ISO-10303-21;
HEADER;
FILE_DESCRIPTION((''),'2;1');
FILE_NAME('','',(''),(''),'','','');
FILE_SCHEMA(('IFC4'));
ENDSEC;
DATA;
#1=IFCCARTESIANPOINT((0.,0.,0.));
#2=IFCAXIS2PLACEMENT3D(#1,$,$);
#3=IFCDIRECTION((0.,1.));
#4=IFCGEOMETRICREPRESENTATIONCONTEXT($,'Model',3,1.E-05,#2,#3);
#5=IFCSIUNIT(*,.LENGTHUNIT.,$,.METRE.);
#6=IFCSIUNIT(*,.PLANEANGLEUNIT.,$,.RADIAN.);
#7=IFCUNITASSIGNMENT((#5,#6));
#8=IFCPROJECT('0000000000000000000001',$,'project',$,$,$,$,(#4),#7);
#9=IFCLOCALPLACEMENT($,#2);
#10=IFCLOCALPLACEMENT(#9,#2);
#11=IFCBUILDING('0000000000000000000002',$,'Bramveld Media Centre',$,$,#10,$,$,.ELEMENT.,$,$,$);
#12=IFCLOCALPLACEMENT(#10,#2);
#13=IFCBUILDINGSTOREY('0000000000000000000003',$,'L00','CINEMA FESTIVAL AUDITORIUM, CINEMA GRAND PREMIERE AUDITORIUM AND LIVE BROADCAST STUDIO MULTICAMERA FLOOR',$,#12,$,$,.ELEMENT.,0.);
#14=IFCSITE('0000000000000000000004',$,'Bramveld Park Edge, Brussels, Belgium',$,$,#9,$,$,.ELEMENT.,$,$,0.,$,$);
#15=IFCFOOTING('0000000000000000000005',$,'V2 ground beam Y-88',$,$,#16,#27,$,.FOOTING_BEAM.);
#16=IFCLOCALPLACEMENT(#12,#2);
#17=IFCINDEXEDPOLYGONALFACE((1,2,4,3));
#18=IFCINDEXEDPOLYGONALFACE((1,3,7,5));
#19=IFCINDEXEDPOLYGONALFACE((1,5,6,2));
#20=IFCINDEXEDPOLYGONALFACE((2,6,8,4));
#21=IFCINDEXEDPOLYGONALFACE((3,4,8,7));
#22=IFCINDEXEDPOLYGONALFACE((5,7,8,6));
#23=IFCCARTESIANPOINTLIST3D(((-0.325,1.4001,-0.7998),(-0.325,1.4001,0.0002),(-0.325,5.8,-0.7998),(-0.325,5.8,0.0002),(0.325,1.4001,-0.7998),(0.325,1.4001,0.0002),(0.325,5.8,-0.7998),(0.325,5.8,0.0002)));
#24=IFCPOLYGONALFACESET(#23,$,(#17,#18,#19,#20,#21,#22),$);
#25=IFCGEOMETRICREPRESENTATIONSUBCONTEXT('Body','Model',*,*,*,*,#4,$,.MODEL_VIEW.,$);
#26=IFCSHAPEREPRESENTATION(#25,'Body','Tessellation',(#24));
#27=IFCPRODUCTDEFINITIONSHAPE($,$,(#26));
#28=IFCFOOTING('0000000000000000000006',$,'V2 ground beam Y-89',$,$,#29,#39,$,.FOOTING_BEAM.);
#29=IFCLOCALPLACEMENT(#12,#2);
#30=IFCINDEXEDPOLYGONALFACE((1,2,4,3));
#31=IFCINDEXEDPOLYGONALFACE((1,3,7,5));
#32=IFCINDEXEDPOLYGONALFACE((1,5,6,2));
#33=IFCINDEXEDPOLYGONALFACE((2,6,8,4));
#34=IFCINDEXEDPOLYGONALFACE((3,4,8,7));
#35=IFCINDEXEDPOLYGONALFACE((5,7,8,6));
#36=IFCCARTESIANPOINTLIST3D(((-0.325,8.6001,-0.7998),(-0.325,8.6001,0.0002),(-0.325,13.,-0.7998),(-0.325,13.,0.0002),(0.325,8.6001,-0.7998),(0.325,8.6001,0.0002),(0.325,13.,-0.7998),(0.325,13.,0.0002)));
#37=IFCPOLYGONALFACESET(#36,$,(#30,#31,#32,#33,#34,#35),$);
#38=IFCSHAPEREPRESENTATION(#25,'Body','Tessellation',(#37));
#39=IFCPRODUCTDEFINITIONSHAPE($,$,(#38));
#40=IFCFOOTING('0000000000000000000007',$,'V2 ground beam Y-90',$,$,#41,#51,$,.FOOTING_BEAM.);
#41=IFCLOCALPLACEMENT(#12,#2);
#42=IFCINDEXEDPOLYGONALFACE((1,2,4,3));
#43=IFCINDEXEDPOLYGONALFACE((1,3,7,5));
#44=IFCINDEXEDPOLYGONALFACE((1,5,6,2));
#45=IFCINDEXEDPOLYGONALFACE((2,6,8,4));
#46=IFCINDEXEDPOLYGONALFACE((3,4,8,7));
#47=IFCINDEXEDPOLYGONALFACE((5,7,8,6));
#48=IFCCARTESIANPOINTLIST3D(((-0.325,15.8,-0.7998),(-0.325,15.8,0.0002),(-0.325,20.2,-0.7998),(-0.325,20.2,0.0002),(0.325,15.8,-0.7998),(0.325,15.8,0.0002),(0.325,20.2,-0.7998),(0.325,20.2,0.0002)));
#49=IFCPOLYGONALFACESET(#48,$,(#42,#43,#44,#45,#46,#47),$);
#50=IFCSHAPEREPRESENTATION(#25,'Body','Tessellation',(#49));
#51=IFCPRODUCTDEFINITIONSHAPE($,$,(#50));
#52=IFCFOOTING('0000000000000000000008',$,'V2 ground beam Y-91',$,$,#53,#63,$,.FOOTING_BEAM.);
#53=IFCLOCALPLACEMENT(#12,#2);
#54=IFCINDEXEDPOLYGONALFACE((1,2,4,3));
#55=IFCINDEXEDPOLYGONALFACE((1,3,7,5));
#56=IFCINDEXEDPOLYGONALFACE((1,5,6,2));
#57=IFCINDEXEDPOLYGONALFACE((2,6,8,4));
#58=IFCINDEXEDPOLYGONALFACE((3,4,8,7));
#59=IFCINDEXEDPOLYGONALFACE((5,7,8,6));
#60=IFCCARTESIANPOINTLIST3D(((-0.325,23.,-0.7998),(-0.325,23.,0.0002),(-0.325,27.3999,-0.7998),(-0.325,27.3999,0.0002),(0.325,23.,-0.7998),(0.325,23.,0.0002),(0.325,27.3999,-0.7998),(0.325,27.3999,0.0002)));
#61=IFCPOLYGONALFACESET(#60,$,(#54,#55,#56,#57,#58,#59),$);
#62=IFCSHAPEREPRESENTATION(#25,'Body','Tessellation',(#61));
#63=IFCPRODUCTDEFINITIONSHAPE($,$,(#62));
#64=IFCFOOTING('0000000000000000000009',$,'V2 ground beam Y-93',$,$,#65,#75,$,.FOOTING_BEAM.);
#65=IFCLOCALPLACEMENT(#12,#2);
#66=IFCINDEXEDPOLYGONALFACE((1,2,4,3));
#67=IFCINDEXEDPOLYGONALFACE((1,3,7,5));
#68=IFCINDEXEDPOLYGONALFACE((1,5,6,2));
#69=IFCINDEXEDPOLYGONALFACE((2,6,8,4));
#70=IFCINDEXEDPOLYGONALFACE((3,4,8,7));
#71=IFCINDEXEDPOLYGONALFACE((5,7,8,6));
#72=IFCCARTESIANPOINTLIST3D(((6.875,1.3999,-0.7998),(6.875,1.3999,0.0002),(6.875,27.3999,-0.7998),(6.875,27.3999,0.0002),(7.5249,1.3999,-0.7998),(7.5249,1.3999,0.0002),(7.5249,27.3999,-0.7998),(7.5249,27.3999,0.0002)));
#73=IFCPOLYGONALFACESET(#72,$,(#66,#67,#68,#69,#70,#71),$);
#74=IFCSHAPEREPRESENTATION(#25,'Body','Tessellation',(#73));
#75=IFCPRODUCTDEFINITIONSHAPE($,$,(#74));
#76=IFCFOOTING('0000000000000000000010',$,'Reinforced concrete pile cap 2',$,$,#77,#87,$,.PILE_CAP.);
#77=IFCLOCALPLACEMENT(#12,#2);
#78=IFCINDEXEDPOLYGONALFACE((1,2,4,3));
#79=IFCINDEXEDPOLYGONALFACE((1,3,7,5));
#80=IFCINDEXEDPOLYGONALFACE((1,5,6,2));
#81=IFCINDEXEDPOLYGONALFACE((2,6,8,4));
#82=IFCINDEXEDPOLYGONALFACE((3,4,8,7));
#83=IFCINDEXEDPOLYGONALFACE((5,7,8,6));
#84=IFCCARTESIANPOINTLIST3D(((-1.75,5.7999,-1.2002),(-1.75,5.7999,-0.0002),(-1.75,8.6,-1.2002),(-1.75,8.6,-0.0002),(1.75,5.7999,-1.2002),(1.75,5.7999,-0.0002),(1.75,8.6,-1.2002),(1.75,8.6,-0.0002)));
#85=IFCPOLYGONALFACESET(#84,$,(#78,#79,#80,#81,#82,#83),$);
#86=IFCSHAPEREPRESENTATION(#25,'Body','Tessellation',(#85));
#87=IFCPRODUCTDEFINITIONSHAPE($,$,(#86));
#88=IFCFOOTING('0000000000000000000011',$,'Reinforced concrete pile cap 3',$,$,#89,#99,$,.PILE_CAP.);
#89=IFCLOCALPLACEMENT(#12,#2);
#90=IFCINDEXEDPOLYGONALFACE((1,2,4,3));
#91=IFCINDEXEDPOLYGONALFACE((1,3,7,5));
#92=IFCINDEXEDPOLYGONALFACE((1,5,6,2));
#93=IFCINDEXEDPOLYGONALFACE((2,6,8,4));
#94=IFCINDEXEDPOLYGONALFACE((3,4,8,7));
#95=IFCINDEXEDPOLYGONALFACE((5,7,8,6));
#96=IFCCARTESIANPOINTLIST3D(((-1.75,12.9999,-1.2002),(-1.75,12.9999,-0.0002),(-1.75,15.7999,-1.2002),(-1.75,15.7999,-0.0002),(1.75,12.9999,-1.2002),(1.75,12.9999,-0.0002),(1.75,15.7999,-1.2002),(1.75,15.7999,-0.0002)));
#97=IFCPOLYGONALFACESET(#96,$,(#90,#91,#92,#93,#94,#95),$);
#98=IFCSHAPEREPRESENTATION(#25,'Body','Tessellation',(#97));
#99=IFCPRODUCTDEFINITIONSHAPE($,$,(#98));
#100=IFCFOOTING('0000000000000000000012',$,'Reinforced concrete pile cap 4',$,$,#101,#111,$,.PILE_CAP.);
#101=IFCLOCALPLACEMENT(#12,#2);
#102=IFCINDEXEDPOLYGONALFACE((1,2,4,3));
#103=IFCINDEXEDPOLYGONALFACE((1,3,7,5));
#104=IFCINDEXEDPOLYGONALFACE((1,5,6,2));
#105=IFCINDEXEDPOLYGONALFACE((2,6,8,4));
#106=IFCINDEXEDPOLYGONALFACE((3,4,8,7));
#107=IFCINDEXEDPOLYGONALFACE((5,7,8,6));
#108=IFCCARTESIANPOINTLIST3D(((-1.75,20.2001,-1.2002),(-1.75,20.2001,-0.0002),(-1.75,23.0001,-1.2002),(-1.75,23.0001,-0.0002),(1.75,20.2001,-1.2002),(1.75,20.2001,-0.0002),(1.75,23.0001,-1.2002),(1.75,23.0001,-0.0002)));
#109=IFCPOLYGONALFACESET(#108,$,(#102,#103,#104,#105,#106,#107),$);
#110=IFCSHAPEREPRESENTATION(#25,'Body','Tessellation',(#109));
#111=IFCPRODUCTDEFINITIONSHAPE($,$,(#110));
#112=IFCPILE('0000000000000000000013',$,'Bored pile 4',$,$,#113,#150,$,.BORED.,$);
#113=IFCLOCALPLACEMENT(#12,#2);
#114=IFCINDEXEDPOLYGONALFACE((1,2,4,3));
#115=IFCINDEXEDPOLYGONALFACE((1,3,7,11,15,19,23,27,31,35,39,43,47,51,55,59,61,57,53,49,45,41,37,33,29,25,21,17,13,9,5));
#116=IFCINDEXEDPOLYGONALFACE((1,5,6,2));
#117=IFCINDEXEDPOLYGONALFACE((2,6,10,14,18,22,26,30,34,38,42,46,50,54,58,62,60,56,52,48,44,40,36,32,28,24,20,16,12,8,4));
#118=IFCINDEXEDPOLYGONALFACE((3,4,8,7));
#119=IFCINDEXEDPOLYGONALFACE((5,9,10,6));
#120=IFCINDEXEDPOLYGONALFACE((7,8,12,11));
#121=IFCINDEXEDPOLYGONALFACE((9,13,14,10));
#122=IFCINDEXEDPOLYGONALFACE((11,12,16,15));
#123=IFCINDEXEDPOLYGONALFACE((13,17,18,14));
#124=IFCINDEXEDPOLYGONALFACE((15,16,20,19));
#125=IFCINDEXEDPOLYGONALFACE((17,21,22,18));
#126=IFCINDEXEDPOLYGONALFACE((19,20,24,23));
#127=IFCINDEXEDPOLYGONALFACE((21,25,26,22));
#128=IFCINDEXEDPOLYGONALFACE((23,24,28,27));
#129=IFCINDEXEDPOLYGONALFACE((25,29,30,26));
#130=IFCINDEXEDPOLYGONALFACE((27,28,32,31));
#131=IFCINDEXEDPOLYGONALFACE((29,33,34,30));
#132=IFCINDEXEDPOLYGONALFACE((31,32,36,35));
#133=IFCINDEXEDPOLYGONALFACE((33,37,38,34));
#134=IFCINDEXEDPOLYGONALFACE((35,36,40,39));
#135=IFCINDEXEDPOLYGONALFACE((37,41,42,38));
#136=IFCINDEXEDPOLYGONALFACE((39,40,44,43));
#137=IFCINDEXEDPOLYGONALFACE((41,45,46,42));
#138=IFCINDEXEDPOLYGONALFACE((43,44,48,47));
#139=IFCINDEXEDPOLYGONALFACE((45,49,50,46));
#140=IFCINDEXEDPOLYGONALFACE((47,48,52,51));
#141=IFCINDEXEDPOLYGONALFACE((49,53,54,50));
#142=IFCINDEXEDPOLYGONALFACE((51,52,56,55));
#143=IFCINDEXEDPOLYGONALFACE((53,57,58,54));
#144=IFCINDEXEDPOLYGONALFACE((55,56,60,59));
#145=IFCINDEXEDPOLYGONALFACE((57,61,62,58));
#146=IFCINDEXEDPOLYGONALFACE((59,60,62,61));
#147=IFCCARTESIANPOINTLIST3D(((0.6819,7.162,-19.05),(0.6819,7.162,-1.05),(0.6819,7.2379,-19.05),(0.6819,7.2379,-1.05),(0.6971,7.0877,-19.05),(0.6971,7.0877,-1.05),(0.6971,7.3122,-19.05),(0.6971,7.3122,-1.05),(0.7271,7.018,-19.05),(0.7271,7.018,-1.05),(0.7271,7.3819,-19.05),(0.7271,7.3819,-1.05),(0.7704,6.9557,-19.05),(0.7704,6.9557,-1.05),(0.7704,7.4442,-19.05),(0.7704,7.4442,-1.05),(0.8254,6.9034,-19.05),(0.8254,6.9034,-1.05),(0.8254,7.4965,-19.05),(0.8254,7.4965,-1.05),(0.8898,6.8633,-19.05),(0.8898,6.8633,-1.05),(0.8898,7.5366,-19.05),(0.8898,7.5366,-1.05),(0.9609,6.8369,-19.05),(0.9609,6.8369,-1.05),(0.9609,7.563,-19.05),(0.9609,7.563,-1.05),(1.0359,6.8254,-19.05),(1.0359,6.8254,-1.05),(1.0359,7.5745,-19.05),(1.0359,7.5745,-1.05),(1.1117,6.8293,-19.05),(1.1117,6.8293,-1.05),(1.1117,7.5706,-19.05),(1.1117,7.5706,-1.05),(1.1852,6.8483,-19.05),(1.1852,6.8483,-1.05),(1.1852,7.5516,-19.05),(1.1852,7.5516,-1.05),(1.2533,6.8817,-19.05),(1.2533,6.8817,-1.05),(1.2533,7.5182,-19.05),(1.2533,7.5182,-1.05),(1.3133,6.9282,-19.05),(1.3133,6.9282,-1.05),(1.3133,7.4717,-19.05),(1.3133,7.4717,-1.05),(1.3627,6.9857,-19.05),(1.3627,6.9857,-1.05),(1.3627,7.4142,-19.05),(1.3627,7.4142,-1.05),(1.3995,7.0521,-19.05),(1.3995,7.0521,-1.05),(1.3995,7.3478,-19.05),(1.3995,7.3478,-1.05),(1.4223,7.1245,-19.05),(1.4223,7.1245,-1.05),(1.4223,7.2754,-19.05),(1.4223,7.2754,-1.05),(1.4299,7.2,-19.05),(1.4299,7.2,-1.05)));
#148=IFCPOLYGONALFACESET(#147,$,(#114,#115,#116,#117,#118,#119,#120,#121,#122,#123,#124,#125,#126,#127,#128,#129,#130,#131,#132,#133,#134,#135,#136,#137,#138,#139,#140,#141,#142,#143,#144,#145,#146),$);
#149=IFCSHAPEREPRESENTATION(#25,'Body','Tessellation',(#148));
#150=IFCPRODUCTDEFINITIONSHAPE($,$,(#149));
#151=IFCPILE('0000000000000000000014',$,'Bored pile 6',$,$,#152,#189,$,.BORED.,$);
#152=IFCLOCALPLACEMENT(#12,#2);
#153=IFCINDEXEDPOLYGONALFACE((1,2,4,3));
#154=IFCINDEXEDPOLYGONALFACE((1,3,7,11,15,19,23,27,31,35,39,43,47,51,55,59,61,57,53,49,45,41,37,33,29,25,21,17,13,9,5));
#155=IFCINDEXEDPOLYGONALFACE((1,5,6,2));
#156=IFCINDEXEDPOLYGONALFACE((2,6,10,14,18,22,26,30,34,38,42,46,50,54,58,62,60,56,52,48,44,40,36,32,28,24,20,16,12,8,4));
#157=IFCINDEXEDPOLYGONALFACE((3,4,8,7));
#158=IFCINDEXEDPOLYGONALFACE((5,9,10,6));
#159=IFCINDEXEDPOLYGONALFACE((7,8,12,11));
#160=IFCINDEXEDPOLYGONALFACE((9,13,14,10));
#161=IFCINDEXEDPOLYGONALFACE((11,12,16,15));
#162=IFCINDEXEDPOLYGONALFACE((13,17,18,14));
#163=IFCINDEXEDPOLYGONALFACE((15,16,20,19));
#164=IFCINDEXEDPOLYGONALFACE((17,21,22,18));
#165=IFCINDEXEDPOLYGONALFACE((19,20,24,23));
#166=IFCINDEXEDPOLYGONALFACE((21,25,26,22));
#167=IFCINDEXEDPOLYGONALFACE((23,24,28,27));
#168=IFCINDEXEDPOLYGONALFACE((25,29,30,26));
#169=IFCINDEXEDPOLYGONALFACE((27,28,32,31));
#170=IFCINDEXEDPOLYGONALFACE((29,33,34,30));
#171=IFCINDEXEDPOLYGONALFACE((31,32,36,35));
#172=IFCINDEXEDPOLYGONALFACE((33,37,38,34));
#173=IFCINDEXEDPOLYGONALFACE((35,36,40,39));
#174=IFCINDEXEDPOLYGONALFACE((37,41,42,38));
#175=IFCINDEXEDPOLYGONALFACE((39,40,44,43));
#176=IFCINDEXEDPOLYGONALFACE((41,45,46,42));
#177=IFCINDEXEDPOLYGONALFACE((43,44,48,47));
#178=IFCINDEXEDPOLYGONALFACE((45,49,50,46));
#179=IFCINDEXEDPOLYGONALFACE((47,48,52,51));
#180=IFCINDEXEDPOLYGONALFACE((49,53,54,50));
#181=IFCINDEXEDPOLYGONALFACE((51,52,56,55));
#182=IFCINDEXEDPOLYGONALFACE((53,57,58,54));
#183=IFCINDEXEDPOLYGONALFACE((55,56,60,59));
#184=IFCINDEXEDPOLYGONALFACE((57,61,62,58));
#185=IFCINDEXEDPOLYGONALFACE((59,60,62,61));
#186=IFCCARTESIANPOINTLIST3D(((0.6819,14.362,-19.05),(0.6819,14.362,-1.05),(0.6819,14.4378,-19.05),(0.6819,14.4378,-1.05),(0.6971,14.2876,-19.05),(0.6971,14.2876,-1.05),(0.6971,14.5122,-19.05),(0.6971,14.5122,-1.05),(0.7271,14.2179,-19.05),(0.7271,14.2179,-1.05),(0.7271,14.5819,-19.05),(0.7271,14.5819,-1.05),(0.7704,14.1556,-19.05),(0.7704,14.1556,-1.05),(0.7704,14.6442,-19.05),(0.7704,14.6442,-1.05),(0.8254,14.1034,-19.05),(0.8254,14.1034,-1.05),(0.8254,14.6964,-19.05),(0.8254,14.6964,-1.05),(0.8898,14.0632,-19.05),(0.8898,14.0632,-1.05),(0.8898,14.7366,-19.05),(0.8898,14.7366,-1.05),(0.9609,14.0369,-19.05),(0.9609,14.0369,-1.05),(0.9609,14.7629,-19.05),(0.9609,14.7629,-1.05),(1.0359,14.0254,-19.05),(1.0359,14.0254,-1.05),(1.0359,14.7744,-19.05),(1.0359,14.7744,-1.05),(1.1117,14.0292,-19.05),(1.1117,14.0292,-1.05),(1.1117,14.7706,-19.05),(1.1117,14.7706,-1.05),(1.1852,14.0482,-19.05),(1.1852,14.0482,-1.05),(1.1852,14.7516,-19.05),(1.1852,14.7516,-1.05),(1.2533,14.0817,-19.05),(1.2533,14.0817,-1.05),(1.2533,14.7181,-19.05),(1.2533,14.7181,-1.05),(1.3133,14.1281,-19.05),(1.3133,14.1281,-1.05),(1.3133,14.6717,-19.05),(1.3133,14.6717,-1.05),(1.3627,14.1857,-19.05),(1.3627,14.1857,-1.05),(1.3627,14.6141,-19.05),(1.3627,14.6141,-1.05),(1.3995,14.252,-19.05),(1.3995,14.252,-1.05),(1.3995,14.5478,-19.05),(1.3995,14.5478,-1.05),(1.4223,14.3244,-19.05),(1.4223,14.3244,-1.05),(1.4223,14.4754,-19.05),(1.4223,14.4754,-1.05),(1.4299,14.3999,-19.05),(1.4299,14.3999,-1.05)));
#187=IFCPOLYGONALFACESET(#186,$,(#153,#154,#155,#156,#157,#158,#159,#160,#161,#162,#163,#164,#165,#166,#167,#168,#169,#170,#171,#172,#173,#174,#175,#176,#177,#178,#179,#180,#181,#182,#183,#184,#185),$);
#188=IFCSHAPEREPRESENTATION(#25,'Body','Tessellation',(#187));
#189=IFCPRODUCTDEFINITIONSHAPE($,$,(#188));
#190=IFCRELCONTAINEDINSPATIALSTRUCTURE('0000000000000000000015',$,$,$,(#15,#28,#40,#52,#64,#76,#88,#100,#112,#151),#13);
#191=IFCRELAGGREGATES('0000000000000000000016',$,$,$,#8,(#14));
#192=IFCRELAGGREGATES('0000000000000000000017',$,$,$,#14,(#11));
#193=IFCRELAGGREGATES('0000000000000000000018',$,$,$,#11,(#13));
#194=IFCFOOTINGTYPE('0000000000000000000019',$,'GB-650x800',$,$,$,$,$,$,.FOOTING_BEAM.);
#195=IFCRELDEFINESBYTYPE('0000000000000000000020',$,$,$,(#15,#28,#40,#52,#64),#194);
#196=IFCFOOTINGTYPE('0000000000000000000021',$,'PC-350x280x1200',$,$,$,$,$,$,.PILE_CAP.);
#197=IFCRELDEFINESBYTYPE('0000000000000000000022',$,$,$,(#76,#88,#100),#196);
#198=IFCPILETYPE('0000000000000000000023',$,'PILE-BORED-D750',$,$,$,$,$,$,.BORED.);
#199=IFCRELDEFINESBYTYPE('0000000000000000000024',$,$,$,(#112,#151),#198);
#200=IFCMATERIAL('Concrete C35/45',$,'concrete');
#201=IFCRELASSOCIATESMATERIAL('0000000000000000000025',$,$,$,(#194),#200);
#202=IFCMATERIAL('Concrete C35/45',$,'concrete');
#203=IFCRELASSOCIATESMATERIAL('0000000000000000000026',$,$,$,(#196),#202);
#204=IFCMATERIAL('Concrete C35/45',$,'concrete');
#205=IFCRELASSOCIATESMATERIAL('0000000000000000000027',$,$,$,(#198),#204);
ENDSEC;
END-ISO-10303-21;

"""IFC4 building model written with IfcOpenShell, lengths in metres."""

from ifc_helpers import new_model, si_unit, direction, frame, origin, origin_2d, place, context, subcontext, project, spatial, rectangle, circle, extrude, material, material_profile, profile_set, type_object, element, save


model = new_model("IFC4")

# Units and contexts
model_context = context("Model", 3, precision=1e-05, world=origin(), true_north=direction((0.0, 1.0)))
body_context = subcontext(model_context, "Body", "Model", "MODEL_VIEW")
ifc_project = project(units=[si_unit("LENGTHUNIT", "METRE"), si_unit("PLANEANGLEUNIT", "RADIAN")], contexts=[model_context])

# Site, building, storey
site_placement = place(None, origin())
site = spatial("IfcSite", under=ifc_project, at=site_placement, Name="Bramveld Park Edge, Brussels, Belgium", CompositionType="ELEMENT", RefElevation=0.0)
building_placement = place(site_placement, origin())
building = spatial("IfcBuilding", under=site, at=building_placement, Name="Bramveld Media Centre", CompositionType="ELEMENT")
storey_placement = place(building_placement, origin())
storey = spatial("IfcBuildingStorey", under=building, at=storey_placement, Name="L00", Description="CINEMA FESTIVAL AUDITORIUM, CINEMA GRAND PREMIERE AUDITORIUM AND LIVE BROADCAST STUDIO MULTICAMERA FLOOR", CompositionType="ELEMENT", Elevation=0.0)

# Footings
ifc_material_1 = material(Name="Concrete C35/45", Category="concrete")
footing_type_1 = type_object("IfcFootingType", Name="GB-650x800", PredefinedType="FOOTING_BEAM", material=ifc_material_1)
for number, where, z_axis, x_axis, name in (
    (1, (0.0, 3.6001, -0.7998), (0.0, 0.0, 1.0), (1.0, 0.0, 0.0), "V2 ground beam Y-88"),
    (2, (0.0, 10.8, -0.7998), (0.0, 0.0, 1.0), (1.0, 0.0, 0.0), "V2 ground beam Y-89"),
    (3, (0.0, 18.0, -0.7998), (0.0, 0.0, 1.0), (1.0, 0.0, 0.0), "V2 ground beam Y-90"),
    (4, (0.0, 25.2, -0.7998), (0.0, 0.0, 1.0), (1.0, 0.0, 0.0), "V2 ground beam Y-91"),
):
    element("IfcFooting", number, at=place(storey_placement, frame(where, z_axis=z_axis, x_axis=x_axis)), inside=storey, type_object=footing_type_1, Name=name, PredefinedType="FOOTING_BEAM", context=body_context, shape_type="SweptSolid", body=[
        extrude(rectangle(XDim=0.6499, YDim=4.3999, at=origin_2d()), origin(), (0.0, 0.0, 1.0), 0.8),
    ])
footing_placement = place(storey_placement, frame((7.2, 14.3999, -0.7998), z_axis=(0.0, 0.0, 1.0), x_axis=(1.0, 0.0, 0.0)))
element("IfcFooting", 5, at=footing_placement, inside=storey, type_object=footing_type_1, Name="V2 ground beam Y-93", PredefinedType="FOOTING_BEAM", context=body_context, shape_type="SweptSolid", body=[
    extrude(rectangle(XDim=0.6499, YDim=26.0, at=origin_2d()), origin(), (0.0, 0.0, 1.0), 0.8),
])
ifc_material_2 = material(Name="Concrete C35/45", Category="concrete")
footing_type_2 = type_object("IfcFootingType", Name="PC-350x280x1200", PredefinedType="PILE_CAP", material=ifc_material_2)
for number, where, z_axis, x_axis, name in (
    (6, (0.0, 7.2, -1.2002), (0.0, 0.0, 1.0), (1.0, 0.0, 0.0), "Reinforced concrete pile cap 2"),
    (7, (0.0, 14.3999, -1.2002), (0.0, 0.0, 1.0), (1.0, 0.0, 0.0), "Reinforced concrete pile cap 3"),
    (8, (0.0, 21.6001, -1.2002), (0.0, 0.0, 1.0), (1.0, 0.0, 0.0), "Reinforced concrete pile cap 4"),
):
    element("IfcFooting", number, at=place(storey_placement, frame(where, z_axis=z_axis, x_axis=x_axis)), inside=storey, type_object=footing_type_2, Name=name, PredefinedType="PILE_CAP", context=body_context, shape_type="SweptSolid", body=[
        extrude(rectangle(XDim=3.5, YDim=2.8, at=origin_2d()), origin(), (0.0, 0.0, 1.0), 1.2),
    ])

# Piles
ifc_material_3 = material(Name="Concrete C35/45", Category="concrete")
ifc_material_profile_1 = material_profile(ifc_material_3, circle(Radius=0.375, at=origin_2d()), Name="BORED D750")
ifc_profile_set_1 = profile_set([ifc_material_profile_1], Name="Concrete C35/45")
pile_type = type_object("IfcPileType", Name="PILE-BORED-D750", PredefinedType="BORED", material=ifc_profile_set_1)
for number, where, z_axis, x_axis, name in (
    (9, (1.0549, 7.2, -1.05), (0.0, 0.0, -1.0), (1.0, 0.0, 0.0), "Bored pile 4"),
    (10, (1.0549, 14.3999, -1.05), (0.0, 0.0, -1.0), (1.0, 0.0, 0.0), "Bored pile 6"),
):
    element("IfcPile", number, at=place(storey_placement, frame(where, z_axis=z_axis, x_axis=x_axis)), inside=storey, type_object=pile_type, Name=name, PredefinedType="BORED", context=body_context, shape_type="SweptSolid", body=[
        extrude(circle(Radius=0.375, at=origin_2d()), origin(), (0.0, 0.0, 1.0), 18.0),
    ])

save(model, "model.ifc")
